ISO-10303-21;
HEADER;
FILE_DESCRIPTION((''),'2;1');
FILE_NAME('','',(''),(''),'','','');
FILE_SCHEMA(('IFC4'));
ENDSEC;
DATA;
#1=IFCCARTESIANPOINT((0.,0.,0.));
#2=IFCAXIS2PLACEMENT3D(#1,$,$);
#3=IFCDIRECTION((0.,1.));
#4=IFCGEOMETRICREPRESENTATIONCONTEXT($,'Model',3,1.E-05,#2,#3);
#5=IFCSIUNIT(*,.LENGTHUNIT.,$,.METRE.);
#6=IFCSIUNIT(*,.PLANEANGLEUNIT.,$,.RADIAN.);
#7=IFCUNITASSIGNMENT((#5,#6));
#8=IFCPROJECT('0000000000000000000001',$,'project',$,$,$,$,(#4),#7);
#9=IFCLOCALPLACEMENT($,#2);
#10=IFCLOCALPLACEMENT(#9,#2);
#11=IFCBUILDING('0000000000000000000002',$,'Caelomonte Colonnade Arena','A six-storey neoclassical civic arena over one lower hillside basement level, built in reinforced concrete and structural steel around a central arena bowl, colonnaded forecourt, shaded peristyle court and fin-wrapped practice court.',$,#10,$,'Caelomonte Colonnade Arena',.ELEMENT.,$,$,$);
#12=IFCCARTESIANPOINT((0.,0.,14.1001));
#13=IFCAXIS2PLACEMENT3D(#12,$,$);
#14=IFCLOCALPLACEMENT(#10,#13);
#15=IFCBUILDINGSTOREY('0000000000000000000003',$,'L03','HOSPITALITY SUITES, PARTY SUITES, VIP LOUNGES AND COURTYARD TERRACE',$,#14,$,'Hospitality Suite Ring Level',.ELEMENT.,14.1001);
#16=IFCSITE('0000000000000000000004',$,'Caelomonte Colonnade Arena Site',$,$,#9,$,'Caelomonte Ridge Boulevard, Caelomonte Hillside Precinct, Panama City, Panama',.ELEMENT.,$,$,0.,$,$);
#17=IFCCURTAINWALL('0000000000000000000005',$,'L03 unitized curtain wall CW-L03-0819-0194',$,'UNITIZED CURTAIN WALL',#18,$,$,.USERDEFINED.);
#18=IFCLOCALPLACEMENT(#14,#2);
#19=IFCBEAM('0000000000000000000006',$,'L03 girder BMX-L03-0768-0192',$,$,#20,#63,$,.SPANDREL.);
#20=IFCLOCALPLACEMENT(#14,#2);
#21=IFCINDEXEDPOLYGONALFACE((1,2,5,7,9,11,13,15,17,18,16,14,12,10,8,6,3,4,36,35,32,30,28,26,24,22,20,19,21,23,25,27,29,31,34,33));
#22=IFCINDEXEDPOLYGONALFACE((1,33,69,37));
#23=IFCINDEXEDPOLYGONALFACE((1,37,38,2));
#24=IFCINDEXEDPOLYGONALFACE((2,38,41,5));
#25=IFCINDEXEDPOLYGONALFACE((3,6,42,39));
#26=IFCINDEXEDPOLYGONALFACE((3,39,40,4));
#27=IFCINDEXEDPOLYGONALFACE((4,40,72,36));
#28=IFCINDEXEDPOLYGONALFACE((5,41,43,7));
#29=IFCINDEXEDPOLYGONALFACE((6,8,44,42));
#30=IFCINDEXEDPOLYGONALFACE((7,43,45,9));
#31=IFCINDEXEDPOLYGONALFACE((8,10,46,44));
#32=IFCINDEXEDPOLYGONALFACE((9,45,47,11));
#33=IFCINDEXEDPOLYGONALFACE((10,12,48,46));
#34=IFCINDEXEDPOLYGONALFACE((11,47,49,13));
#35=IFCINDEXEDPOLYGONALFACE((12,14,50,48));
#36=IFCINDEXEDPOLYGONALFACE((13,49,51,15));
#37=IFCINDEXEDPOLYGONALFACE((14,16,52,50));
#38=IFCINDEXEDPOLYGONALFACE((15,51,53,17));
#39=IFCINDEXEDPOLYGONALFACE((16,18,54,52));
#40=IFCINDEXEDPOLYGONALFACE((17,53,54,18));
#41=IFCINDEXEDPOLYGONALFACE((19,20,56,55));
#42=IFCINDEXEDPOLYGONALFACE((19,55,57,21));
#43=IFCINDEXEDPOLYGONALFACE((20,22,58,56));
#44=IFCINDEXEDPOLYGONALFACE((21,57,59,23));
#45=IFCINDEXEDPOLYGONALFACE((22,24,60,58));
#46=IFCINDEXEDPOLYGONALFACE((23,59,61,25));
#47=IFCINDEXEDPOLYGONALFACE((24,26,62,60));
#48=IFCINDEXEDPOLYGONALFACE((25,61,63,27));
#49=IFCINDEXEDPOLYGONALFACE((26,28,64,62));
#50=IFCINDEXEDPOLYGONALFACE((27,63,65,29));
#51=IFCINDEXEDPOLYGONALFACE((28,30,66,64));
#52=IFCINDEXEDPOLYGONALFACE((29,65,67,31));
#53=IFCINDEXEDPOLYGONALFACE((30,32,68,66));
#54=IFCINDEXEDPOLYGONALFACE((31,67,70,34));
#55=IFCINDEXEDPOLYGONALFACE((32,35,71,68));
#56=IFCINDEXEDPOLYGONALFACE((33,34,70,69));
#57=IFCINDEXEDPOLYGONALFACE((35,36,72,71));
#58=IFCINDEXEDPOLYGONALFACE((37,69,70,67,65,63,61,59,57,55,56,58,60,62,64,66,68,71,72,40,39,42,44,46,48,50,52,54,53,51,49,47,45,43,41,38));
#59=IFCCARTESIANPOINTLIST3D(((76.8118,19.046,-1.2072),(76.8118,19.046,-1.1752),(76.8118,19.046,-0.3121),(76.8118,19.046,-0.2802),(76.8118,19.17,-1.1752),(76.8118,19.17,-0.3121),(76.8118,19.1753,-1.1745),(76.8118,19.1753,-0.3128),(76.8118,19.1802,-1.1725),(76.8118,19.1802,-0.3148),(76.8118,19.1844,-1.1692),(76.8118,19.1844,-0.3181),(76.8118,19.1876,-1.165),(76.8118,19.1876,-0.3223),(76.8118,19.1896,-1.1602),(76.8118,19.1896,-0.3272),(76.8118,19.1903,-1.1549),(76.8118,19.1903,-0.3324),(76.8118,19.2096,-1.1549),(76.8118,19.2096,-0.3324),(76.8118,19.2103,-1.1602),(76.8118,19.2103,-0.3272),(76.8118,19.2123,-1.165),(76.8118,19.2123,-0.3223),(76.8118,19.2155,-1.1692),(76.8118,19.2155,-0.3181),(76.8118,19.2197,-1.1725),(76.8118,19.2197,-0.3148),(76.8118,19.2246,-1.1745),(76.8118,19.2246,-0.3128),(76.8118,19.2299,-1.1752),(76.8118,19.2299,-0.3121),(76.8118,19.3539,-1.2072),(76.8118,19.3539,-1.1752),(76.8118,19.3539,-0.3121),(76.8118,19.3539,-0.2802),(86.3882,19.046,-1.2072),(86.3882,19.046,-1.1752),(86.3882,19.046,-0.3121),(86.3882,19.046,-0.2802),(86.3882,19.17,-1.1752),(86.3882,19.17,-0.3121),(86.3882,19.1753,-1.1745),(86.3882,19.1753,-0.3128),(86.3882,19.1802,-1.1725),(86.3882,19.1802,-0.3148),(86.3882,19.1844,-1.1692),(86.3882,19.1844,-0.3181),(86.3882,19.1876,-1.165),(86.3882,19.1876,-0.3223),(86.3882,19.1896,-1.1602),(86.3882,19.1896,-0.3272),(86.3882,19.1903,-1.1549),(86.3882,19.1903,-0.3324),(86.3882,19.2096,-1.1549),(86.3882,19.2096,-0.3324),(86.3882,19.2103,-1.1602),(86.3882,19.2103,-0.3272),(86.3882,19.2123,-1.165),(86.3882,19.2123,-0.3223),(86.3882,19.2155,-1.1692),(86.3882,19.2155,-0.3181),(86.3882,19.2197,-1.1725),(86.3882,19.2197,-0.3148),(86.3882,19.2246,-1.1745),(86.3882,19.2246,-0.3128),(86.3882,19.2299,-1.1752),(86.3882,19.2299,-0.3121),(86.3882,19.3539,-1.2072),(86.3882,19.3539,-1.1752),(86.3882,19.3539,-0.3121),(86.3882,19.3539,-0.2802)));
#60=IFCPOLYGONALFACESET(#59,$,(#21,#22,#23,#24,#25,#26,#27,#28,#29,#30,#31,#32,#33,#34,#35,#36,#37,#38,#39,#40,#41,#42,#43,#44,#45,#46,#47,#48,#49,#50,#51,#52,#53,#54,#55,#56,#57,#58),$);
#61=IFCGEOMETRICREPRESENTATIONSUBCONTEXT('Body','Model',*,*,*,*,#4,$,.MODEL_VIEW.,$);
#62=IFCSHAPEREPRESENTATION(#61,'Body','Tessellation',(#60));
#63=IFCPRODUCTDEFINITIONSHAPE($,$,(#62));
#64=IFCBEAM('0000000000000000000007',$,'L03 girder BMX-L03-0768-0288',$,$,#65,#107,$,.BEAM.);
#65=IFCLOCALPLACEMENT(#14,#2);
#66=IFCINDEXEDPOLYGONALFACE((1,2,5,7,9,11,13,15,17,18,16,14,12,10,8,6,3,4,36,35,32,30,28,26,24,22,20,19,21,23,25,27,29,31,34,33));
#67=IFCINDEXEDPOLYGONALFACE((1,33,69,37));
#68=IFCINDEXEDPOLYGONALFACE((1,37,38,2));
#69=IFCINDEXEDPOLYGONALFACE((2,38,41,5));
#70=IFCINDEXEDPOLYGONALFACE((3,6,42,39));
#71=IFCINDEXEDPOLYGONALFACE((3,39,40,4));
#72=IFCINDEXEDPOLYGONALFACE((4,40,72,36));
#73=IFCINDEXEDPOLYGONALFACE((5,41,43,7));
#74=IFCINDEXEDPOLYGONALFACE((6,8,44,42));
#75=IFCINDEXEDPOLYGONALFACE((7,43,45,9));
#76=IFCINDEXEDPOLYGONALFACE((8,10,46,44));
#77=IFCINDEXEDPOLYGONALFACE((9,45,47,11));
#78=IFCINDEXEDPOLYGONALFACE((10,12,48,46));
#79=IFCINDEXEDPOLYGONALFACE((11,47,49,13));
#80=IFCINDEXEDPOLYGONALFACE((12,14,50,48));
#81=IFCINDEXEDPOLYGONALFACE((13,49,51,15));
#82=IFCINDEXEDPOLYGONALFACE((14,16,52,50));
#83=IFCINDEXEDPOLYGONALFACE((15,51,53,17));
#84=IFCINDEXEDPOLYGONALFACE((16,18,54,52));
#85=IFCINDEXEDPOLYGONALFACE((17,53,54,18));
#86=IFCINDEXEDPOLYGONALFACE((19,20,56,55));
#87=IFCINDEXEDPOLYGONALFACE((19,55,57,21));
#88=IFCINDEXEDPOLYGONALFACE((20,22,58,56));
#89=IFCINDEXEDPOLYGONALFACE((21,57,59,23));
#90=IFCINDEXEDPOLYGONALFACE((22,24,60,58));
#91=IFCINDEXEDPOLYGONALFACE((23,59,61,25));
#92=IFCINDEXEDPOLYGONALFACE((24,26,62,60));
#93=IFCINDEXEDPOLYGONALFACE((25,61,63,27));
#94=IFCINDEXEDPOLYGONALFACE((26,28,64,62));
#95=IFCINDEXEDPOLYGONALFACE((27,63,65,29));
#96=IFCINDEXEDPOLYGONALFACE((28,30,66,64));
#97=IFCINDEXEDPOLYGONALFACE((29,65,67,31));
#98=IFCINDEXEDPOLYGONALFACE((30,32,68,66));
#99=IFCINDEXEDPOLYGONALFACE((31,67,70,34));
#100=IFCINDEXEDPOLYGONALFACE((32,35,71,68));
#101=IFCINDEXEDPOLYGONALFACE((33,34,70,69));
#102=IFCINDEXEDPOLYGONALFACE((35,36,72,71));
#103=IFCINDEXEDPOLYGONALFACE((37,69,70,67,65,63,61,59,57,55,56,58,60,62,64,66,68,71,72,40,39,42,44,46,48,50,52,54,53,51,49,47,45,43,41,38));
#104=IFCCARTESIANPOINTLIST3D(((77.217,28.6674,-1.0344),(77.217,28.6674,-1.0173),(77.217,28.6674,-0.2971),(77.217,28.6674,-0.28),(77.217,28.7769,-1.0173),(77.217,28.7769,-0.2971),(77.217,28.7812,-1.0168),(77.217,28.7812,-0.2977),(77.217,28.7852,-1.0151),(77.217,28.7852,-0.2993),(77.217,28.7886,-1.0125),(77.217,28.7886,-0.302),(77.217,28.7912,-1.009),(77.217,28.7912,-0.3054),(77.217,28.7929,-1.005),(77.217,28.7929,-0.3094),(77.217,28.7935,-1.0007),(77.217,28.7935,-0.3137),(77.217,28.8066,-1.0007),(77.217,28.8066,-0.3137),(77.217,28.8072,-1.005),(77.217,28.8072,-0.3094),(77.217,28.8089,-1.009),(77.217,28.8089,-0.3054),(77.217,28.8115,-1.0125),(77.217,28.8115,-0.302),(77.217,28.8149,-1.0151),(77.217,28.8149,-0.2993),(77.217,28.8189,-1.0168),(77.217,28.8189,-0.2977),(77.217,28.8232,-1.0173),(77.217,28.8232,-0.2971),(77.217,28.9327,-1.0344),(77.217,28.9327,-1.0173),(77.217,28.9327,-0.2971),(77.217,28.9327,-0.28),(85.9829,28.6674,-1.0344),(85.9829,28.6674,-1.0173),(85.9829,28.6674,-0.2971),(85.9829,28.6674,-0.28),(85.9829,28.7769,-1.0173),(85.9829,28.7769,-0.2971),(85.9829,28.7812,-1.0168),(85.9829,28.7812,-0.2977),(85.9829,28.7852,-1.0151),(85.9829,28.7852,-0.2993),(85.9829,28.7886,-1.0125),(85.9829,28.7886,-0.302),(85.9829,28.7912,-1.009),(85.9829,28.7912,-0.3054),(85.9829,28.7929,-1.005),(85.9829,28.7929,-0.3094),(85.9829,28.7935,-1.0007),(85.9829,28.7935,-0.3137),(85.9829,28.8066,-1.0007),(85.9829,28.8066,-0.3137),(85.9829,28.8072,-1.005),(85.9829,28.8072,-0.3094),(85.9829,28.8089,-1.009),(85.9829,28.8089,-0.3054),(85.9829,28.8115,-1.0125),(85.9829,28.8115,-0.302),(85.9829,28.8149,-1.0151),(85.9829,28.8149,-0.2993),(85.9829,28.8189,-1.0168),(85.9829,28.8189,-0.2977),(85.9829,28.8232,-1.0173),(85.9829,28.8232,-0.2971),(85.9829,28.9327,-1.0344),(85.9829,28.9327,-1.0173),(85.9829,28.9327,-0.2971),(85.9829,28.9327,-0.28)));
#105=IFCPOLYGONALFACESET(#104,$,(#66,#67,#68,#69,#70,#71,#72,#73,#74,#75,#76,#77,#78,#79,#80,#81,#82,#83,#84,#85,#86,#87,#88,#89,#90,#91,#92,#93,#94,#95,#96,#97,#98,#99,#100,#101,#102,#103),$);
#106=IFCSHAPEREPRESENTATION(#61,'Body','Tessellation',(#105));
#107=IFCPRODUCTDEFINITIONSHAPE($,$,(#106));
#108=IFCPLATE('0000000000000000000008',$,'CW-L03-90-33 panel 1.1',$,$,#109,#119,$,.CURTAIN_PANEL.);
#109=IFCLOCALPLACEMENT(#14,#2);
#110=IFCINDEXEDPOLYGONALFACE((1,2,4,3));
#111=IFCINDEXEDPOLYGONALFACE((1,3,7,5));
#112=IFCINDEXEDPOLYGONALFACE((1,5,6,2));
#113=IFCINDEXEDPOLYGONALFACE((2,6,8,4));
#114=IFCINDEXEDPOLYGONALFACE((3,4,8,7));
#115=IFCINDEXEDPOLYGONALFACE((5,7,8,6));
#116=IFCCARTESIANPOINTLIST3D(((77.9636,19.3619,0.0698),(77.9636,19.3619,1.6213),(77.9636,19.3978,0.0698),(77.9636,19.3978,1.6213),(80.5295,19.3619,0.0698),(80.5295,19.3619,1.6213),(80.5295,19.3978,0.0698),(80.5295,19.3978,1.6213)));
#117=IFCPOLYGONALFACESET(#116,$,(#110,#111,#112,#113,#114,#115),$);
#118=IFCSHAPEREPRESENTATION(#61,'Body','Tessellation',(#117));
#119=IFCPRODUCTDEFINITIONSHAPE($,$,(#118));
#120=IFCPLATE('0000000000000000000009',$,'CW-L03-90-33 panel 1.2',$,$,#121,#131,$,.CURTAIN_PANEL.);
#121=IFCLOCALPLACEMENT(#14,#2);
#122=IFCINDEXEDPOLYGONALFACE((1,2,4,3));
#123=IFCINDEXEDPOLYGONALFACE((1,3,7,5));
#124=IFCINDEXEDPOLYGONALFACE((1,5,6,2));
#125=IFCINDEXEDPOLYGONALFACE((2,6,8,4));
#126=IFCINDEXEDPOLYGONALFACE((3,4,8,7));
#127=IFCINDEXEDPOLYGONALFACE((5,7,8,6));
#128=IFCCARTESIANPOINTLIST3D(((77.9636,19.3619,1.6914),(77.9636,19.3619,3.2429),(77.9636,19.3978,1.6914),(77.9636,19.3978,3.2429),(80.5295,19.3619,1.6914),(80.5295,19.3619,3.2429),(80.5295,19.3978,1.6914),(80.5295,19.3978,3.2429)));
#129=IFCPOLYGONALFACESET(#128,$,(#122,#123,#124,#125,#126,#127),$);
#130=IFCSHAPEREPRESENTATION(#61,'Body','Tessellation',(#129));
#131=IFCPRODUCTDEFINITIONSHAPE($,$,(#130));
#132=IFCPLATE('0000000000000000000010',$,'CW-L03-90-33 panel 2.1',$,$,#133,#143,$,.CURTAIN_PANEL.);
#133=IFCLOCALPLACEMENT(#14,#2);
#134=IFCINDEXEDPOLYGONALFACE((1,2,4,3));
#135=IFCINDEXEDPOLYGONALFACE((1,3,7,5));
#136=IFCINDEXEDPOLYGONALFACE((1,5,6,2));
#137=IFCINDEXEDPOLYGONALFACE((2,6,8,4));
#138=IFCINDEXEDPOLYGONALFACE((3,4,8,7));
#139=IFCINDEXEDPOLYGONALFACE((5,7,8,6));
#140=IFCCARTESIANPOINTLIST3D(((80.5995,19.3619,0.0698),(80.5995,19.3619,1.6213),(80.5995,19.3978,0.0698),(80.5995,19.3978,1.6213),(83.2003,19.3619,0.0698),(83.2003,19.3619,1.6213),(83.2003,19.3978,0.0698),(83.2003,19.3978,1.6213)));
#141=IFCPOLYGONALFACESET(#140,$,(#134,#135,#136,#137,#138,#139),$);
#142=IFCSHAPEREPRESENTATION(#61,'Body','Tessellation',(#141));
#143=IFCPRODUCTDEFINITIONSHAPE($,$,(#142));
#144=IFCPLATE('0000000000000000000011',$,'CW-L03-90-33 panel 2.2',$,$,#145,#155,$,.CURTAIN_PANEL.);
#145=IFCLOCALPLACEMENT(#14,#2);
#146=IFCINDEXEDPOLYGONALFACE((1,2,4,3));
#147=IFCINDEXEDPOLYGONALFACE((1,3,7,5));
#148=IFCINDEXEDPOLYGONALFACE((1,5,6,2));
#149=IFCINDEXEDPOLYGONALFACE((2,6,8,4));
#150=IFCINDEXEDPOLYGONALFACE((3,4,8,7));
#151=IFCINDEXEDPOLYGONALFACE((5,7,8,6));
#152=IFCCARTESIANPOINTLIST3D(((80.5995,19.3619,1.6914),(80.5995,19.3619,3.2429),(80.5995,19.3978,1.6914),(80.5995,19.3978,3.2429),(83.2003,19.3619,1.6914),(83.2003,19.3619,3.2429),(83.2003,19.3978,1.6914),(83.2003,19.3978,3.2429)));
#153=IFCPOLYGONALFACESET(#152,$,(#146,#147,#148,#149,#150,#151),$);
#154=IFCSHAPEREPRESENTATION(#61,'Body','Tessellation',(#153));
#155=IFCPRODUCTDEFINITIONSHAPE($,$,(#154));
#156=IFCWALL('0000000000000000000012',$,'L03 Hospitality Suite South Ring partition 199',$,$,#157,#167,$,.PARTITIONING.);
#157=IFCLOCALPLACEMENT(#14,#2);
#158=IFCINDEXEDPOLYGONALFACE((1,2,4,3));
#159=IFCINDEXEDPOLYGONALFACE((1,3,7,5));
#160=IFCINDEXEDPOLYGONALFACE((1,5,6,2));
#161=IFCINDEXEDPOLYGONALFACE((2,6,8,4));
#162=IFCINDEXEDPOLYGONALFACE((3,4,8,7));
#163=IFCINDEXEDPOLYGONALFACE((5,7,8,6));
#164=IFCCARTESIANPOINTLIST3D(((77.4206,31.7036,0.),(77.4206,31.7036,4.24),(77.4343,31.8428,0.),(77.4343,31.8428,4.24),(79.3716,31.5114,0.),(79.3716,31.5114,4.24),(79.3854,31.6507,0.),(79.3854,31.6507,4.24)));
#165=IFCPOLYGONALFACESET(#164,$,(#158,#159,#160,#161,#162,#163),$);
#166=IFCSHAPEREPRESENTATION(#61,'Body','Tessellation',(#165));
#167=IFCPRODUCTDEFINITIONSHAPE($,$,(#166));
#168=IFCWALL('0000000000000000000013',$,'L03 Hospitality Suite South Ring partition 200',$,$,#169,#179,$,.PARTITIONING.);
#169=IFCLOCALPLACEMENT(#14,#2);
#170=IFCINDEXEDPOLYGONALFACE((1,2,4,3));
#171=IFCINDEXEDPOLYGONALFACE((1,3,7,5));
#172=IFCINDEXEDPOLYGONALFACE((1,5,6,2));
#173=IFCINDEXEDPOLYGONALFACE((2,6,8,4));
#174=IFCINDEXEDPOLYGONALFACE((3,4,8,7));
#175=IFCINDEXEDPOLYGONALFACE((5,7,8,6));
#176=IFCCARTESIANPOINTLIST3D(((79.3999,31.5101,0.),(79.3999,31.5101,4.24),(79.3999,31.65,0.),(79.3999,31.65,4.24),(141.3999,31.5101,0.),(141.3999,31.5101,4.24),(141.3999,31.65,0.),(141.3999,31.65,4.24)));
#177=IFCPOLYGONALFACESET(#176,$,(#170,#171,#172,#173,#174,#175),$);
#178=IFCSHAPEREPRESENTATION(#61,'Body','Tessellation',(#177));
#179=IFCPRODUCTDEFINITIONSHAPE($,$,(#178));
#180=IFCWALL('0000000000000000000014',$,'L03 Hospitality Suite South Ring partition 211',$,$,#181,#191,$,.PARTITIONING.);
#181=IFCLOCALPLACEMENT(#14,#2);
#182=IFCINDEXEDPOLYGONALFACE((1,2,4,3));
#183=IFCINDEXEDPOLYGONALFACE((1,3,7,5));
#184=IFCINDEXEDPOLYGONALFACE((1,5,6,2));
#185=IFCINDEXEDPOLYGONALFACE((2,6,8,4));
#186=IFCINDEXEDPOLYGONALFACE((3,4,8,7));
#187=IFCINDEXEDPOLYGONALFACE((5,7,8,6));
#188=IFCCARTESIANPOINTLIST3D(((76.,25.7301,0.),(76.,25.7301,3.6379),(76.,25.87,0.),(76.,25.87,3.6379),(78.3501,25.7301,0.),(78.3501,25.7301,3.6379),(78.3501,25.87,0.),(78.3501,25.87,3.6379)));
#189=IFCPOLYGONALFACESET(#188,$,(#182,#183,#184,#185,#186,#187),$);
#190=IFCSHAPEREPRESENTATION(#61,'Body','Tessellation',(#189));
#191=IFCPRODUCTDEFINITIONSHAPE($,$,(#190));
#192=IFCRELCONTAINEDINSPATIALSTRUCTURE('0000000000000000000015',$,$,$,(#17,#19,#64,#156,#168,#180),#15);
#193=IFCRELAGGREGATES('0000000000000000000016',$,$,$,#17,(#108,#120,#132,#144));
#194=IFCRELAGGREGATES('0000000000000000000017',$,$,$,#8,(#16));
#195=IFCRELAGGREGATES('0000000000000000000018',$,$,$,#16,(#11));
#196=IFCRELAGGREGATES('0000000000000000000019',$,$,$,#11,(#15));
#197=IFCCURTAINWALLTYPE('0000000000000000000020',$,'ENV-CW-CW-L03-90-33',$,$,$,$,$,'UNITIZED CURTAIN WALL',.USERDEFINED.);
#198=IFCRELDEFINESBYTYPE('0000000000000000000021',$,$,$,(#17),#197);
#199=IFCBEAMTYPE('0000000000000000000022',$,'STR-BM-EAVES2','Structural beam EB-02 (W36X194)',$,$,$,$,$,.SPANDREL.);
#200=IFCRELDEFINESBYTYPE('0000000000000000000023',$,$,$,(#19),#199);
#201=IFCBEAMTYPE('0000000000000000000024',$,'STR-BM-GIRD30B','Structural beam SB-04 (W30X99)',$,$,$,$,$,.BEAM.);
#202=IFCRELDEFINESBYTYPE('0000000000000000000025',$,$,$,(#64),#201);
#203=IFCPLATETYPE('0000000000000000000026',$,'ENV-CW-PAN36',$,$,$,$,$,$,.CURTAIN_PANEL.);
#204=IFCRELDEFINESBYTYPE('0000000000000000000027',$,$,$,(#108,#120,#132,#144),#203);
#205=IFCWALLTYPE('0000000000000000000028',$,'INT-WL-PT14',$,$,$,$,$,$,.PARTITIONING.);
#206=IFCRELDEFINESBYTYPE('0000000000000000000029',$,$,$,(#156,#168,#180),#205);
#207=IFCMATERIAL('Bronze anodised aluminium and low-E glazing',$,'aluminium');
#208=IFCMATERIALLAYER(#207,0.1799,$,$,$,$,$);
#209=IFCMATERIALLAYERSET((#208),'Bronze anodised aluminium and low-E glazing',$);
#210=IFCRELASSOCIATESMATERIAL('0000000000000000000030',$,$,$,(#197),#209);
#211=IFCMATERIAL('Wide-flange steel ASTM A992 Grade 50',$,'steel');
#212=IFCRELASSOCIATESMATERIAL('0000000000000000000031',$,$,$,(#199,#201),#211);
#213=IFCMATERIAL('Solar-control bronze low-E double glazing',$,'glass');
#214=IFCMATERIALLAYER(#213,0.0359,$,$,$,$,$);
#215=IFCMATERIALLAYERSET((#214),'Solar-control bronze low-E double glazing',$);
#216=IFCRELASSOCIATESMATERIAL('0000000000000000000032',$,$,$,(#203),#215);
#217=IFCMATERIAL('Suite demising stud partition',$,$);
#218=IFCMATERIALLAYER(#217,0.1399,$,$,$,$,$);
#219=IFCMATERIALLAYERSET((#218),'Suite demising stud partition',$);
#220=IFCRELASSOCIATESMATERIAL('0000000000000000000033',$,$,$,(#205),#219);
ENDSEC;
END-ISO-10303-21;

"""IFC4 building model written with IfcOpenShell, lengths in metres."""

from ifc_helpers import new_model, si_unit, direction, frame, frame_2d, origin, origin_2d, place, context, subcontext, project, spatial, rectangle, i_section, extrude, material, layer, layer_set, material_profile, profile_set, type_object, element, aggregate, save


model = new_model("IFC4")

# Units and contexts
model_context = context("Model", 3, precision=1e-05, world=origin(), true_north=direction((0.0, 1.0)))
body_context = subcontext(model_context, "Body", "Model", "MODEL_VIEW")
ifc_project = project(units=[si_unit("LENGTHUNIT", "METRE"), si_unit("PLANEANGLEUNIT", "RADIAN")], contexts=[model_context])

# Site, building, storey
site_placement = place(None, origin())
site = spatial("IfcSite", under=ifc_project, at=site_placement, Name="Caelomonte Colonnade Arena Site", LongName="Caelomonte Ridge Boulevard, Caelomonte Hillside Precinct, Panama City, Panama", CompositionType="ELEMENT", RefElevation=0.0)
building_placement = place(site_placement, origin())
building = spatial("IfcBuilding", under=site, at=building_placement, Name="Caelomonte Colonnade Arena", Description="A six-storey neoclassical civic arena over one lower hillside basement level, built in reinforced concrete and structural steel around a central arena bowl, colonnaded forecourt, shaded peristyle court and fin-wrapped practice court.", LongName="Caelomonte Colonnade Arena", CompositionType="ELEMENT")
storey_placement = place(building_placement, frame((0.0, 0.0, 14.1001)))
storey = spatial("IfcBuildingStorey", under=building, at=storey_placement, Name="L03", Description="HOSPITALITY SUITES, PARTY SUITES, VIP LOUNGES AND COURTYARD TERRACE", LongName="Hospitality Suite Ring Level", CompositionType="ELEMENT", Elevation=14.1001)

# Shared definitions
ifc_material_1 = material(Name="Bronze anodised aluminium and low-E glazing", Category="aluminium")

# Curtain wall
ifc_layer_1 = layer(ifc_material_1, 0.1799)
ifc_layer_set_1 = layer_set([ifc_layer_1], Name="Bronze anodised aluminium and low-E glazing")
curtain_wall_type_1 = type_object("IfcCurtainWallType", Name="ENV-CW-CW-L03-90-33", ElementType="UNITIZED CURTAIN WALL", PredefinedType="USERDEFINED", material=ifc_layer_set_1)
curtain_wall_1_placement = place(storey_placement, origin())
curtain_wall_1 = element("IfcCurtainWall", 1, at=curtain_wall_1_placement, inside=storey, type_object=curtain_wall_type_1, Name="L03 unitized curtain wall CW-L03-0819-0194", ObjectType="UNITIZED CURTAIN WALL", PredefinedType="USERDEFINED")

# Beams
ifc_material_2 = material(Name="Wide-flange steel ASTM A992 Grade 50", Category="steel")
ifc_material_profile_1 = material_profile(ifc_material_2, i_section(OverallWidth=0.3079, OverallDepth=0.927, WebThickness=0.0193, FlangeThickness=0.032, FilletRadius=0.0203, at=origin_2d()), Name="W36X194")
ifc_profile_set_1 = profile_set([ifc_material_profile_1], Name="Wide-flange steel ASTM A992 Grade 50")
beam_type_1 = type_object("IfcBeamType", Name="STR-BM-EAVES2", Description="Structural beam EB-02 (W36X194)", PredefinedType="SPANDREL", material=ifc_profile_set_1)
beam_1_placement = place(storey_placement, frame((76.8118, 19.2, -0.7437), z_axis=(1.0, 0.0, 0.0), x_axis=(0.0, 1.0, 0.0)))
element("IfcBeam", 2, at=beam_1_placement, inside=storey, type_object=beam_type_1, Name="L03 girder BMX-L03-0768-0192", PredefinedType="SPANDREL", context=body_context, shape_type="SweptSolid", body=[
    extrude(i_section(OverallWidth=0.3079, OverallDepth=0.927, WebThickness=0.0193, FlangeThickness=0.032, FilletRadius=0.0203, at=origin_2d()), origin(), (0.0, 0.0, 1.0), 9.5764),
])
ifc_material_profile_2 = material_profile(ifc_material_2, i_section(OverallWidth=0.2654, OverallDepth=0.7544, WebThickness=0.0132, FlangeThickness=0.0171, FilletRadius=0.0166, at=origin_2d()), Name="W30X99")
ifc_profile_set_2 = profile_set([ifc_material_profile_2], Name="Wide-flange steel ASTM A992 Grade 50")
beam_type_2 = type_object("IfcBeamType", Name="STR-BM-GIRD30B", Description="Structural beam SB-04 (W30X99)", PredefinedType="BEAM", material=ifc_profile_set_2)
beam_2_placement = place(storey_placement, frame((77.217, 28.8, -0.6572), z_axis=(1.0, 0.0, 0.0), x_axis=(0.0, 1.0, 0.0)))
element("IfcBeam", 3, at=beam_2_placement, inside=storey, type_object=beam_type_2, Name="L03 girder BMX-L03-0768-0288", PredefinedType="BEAM", context=body_context, shape_type="SweptSolid", body=[
    extrude(i_section(OverallWidth=0.2654, OverallDepth=0.7544, WebThickness=0.0132, FlangeThickness=0.0171, FilletRadius=0.0166, at=origin_2d()), origin(), (0.0, 0.0, 1.0), 8.7659),
])

# Plates
ifc_material_3 = material(Name="Solar-control bronze low-E double glazing", Category="glass")
ifc_layer_2 = layer(ifc_material_3, 0.0359)
ifc_layer_set_2 = layer_set([ifc_layer_2], Name="Solar-control bronze low-E double glazing")
plate_type = type_object("IfcPlateType", Name="ENV-CW-PAN36", PredefinedType="CURTAIN_PANEL", material=ifc_layer_set_2)
plate_1_placement = place(storey_placement, frame((79.2466, 19.3799, 0.0698), z_axis=(0.0, 0.0, 1.0), x_axis=(1.0, 0.0, 0.0)))
plate_1 = element("IfcPlate", 4, at=plate_1_placement, type_object=plate_type, Name="CW-L03-90-33 panel 1.1", PredefinedType="CURTAIN_PANEL", context=body_context, shape_type="SweptSolid", body=[
    extrude(rectangle(XDim=2.5659, YDim=0.0359, at=origin_2d()), origin(), (0.0, 0.0, 1.0), 1.5515),
])
plate_2_placement = place(storey_placement, frame((79.2466, 19.3799, 1.6914), z_axis=(0.0, 0.0, 1.0), x_axis=(1.0, 0.0, 0.0)))
plate_2 = element("IfcPlate", 5, at=plate_2_placement, type_object=plate_type, Name="CW-L03-90-33 panel 1.2", PredefinedType="CURTAIN_PANEL", context=body_context, shape_type="SweptSolid", body=[
    extrude(rectangle(XDim=2.5659, YDim=0.0359, at=origin_2d()), origin(), (0.0, 0.0, 1.0), 1.5515),
])
plate_3_placement = place(storey_placement, frame((81.8999, 19.3799, 0.0698), z_axis=(0.0, 0.0, 1.0), x_axis=(1.0, 0.0, 0.0)))
plate_3 = element("IfcPlate", 6, at=plate_3_placement, type_object=plate_type, Name="CW-L03-90-33 panel 2.1", PredefinedType="CURTAIN_PANEL", context=body_context, shape_type="SweptSolid", body=[
    extrude(rectangle(XDim=2.6008, YDim=0.0359, at=origin_2d()), origin(), (0.0, 0.0, 1.0), 1.5515),
])
plate_4_placement = place(storey_placement, frame((81.8999, 19.3799, 1.6914), z_axis=(0.0, 0.0, 1.0), x_axis=(1.0, 0.0, 0.0)))
plate_4 = element("IfcPlate", 7, at=plate_4_placement, type_object=plate_type, Name="CW-L03-90-33 panel 2.2", PredefinedType="CURTAIN_PANEL", context=body_context, shape_type="SweptSolid", body=[
    extrude(rectangle(XDim=2.6008, YDim=0.0359, at=origin_2d()), origin(), (0.0, 0.0, 1.0), 1.5515),
])
aggregate(curtain_wall_1, [plate_1, plate_2, plate_3, plate_4])

# Walls
ifc_material_4 = material(Name="Suite demising stud partition")
ifc_layer_3 = layer(ifc_material_4, 0.1399)
ifc_layer_set_3 = layer_set([ifc_layer_3], Name="Suite demising stud partition")
wall_type_1 = type_object("IfcWallType", Name="INT-WL-PT14", PredefinedType="PARTITIONING", material=ifc_layer_set_3)
wall_1_placement = place(storey_placement, frame((77.4275, 31.7732, 0.0), z_axis=(0.0, 0.0, 1.0), x_axis=(0.995185, -0.098012, 0.0)))
element("IfcWall", 8, at=wall_1_placement, inside=storey, type_object=wall_type_1, Name="L03 Hospitality Suite South Ring partition 199", PredefinedType="PARTITIONING", context=body_context, shape_type="SweptSolid", body=[
    extrude(rectangle(XDim=1.9604, YDim=0.1399, at=frame_2d((0.9802, 0.0))), origin(), (0.0, 0.0, 1.0), 4.24),
])
wall_2_placement = place(storey_placement, frame((79.3999, 31.5801, 0.0), z_axis=(0.0, 0.0, 1.0), x_axis=(1.0, 0.0, 0.0)))
element("IfcWall", 9, at=wall_2_placement, inside=storey, type_object=wall_type_1, Name="L03 Hospitality Suite South Ring partition 200", PredefinedType="PARTITIONING", context=body_context, shape_type="SweptSolid", body=[
    extrude(rectangle(XDim=62.0, YDim=0.1399, at=frame_2d((31.0, 0.0))), origin(), (0.0, 0.0, 1.0), 4.24),
])
wall_3_placement = place(storey_placement, frame((78.3501, 25.8, 0.0), z_axis=(0.0, 0.0, 1.0), x_axis=(-1.0, 0.0, 0.0)))
element("IfcWall", 10, at=wall_3_placement, inside=storey, type_object=wall_type_1, Name="L03 Hospitality Suite South Ring partition 211", PredefinedType="PARTITIONING", context=body_context, shape_type="SweptSolid", body=[
    extrude(rectangle(XDim=2.3501, YDim=0.1399, at=frame_2d((1.175, 0.0))), origin(), (0.0, 0.0, 1.0), 3.6379),
])

save(model, "model.ifc")
